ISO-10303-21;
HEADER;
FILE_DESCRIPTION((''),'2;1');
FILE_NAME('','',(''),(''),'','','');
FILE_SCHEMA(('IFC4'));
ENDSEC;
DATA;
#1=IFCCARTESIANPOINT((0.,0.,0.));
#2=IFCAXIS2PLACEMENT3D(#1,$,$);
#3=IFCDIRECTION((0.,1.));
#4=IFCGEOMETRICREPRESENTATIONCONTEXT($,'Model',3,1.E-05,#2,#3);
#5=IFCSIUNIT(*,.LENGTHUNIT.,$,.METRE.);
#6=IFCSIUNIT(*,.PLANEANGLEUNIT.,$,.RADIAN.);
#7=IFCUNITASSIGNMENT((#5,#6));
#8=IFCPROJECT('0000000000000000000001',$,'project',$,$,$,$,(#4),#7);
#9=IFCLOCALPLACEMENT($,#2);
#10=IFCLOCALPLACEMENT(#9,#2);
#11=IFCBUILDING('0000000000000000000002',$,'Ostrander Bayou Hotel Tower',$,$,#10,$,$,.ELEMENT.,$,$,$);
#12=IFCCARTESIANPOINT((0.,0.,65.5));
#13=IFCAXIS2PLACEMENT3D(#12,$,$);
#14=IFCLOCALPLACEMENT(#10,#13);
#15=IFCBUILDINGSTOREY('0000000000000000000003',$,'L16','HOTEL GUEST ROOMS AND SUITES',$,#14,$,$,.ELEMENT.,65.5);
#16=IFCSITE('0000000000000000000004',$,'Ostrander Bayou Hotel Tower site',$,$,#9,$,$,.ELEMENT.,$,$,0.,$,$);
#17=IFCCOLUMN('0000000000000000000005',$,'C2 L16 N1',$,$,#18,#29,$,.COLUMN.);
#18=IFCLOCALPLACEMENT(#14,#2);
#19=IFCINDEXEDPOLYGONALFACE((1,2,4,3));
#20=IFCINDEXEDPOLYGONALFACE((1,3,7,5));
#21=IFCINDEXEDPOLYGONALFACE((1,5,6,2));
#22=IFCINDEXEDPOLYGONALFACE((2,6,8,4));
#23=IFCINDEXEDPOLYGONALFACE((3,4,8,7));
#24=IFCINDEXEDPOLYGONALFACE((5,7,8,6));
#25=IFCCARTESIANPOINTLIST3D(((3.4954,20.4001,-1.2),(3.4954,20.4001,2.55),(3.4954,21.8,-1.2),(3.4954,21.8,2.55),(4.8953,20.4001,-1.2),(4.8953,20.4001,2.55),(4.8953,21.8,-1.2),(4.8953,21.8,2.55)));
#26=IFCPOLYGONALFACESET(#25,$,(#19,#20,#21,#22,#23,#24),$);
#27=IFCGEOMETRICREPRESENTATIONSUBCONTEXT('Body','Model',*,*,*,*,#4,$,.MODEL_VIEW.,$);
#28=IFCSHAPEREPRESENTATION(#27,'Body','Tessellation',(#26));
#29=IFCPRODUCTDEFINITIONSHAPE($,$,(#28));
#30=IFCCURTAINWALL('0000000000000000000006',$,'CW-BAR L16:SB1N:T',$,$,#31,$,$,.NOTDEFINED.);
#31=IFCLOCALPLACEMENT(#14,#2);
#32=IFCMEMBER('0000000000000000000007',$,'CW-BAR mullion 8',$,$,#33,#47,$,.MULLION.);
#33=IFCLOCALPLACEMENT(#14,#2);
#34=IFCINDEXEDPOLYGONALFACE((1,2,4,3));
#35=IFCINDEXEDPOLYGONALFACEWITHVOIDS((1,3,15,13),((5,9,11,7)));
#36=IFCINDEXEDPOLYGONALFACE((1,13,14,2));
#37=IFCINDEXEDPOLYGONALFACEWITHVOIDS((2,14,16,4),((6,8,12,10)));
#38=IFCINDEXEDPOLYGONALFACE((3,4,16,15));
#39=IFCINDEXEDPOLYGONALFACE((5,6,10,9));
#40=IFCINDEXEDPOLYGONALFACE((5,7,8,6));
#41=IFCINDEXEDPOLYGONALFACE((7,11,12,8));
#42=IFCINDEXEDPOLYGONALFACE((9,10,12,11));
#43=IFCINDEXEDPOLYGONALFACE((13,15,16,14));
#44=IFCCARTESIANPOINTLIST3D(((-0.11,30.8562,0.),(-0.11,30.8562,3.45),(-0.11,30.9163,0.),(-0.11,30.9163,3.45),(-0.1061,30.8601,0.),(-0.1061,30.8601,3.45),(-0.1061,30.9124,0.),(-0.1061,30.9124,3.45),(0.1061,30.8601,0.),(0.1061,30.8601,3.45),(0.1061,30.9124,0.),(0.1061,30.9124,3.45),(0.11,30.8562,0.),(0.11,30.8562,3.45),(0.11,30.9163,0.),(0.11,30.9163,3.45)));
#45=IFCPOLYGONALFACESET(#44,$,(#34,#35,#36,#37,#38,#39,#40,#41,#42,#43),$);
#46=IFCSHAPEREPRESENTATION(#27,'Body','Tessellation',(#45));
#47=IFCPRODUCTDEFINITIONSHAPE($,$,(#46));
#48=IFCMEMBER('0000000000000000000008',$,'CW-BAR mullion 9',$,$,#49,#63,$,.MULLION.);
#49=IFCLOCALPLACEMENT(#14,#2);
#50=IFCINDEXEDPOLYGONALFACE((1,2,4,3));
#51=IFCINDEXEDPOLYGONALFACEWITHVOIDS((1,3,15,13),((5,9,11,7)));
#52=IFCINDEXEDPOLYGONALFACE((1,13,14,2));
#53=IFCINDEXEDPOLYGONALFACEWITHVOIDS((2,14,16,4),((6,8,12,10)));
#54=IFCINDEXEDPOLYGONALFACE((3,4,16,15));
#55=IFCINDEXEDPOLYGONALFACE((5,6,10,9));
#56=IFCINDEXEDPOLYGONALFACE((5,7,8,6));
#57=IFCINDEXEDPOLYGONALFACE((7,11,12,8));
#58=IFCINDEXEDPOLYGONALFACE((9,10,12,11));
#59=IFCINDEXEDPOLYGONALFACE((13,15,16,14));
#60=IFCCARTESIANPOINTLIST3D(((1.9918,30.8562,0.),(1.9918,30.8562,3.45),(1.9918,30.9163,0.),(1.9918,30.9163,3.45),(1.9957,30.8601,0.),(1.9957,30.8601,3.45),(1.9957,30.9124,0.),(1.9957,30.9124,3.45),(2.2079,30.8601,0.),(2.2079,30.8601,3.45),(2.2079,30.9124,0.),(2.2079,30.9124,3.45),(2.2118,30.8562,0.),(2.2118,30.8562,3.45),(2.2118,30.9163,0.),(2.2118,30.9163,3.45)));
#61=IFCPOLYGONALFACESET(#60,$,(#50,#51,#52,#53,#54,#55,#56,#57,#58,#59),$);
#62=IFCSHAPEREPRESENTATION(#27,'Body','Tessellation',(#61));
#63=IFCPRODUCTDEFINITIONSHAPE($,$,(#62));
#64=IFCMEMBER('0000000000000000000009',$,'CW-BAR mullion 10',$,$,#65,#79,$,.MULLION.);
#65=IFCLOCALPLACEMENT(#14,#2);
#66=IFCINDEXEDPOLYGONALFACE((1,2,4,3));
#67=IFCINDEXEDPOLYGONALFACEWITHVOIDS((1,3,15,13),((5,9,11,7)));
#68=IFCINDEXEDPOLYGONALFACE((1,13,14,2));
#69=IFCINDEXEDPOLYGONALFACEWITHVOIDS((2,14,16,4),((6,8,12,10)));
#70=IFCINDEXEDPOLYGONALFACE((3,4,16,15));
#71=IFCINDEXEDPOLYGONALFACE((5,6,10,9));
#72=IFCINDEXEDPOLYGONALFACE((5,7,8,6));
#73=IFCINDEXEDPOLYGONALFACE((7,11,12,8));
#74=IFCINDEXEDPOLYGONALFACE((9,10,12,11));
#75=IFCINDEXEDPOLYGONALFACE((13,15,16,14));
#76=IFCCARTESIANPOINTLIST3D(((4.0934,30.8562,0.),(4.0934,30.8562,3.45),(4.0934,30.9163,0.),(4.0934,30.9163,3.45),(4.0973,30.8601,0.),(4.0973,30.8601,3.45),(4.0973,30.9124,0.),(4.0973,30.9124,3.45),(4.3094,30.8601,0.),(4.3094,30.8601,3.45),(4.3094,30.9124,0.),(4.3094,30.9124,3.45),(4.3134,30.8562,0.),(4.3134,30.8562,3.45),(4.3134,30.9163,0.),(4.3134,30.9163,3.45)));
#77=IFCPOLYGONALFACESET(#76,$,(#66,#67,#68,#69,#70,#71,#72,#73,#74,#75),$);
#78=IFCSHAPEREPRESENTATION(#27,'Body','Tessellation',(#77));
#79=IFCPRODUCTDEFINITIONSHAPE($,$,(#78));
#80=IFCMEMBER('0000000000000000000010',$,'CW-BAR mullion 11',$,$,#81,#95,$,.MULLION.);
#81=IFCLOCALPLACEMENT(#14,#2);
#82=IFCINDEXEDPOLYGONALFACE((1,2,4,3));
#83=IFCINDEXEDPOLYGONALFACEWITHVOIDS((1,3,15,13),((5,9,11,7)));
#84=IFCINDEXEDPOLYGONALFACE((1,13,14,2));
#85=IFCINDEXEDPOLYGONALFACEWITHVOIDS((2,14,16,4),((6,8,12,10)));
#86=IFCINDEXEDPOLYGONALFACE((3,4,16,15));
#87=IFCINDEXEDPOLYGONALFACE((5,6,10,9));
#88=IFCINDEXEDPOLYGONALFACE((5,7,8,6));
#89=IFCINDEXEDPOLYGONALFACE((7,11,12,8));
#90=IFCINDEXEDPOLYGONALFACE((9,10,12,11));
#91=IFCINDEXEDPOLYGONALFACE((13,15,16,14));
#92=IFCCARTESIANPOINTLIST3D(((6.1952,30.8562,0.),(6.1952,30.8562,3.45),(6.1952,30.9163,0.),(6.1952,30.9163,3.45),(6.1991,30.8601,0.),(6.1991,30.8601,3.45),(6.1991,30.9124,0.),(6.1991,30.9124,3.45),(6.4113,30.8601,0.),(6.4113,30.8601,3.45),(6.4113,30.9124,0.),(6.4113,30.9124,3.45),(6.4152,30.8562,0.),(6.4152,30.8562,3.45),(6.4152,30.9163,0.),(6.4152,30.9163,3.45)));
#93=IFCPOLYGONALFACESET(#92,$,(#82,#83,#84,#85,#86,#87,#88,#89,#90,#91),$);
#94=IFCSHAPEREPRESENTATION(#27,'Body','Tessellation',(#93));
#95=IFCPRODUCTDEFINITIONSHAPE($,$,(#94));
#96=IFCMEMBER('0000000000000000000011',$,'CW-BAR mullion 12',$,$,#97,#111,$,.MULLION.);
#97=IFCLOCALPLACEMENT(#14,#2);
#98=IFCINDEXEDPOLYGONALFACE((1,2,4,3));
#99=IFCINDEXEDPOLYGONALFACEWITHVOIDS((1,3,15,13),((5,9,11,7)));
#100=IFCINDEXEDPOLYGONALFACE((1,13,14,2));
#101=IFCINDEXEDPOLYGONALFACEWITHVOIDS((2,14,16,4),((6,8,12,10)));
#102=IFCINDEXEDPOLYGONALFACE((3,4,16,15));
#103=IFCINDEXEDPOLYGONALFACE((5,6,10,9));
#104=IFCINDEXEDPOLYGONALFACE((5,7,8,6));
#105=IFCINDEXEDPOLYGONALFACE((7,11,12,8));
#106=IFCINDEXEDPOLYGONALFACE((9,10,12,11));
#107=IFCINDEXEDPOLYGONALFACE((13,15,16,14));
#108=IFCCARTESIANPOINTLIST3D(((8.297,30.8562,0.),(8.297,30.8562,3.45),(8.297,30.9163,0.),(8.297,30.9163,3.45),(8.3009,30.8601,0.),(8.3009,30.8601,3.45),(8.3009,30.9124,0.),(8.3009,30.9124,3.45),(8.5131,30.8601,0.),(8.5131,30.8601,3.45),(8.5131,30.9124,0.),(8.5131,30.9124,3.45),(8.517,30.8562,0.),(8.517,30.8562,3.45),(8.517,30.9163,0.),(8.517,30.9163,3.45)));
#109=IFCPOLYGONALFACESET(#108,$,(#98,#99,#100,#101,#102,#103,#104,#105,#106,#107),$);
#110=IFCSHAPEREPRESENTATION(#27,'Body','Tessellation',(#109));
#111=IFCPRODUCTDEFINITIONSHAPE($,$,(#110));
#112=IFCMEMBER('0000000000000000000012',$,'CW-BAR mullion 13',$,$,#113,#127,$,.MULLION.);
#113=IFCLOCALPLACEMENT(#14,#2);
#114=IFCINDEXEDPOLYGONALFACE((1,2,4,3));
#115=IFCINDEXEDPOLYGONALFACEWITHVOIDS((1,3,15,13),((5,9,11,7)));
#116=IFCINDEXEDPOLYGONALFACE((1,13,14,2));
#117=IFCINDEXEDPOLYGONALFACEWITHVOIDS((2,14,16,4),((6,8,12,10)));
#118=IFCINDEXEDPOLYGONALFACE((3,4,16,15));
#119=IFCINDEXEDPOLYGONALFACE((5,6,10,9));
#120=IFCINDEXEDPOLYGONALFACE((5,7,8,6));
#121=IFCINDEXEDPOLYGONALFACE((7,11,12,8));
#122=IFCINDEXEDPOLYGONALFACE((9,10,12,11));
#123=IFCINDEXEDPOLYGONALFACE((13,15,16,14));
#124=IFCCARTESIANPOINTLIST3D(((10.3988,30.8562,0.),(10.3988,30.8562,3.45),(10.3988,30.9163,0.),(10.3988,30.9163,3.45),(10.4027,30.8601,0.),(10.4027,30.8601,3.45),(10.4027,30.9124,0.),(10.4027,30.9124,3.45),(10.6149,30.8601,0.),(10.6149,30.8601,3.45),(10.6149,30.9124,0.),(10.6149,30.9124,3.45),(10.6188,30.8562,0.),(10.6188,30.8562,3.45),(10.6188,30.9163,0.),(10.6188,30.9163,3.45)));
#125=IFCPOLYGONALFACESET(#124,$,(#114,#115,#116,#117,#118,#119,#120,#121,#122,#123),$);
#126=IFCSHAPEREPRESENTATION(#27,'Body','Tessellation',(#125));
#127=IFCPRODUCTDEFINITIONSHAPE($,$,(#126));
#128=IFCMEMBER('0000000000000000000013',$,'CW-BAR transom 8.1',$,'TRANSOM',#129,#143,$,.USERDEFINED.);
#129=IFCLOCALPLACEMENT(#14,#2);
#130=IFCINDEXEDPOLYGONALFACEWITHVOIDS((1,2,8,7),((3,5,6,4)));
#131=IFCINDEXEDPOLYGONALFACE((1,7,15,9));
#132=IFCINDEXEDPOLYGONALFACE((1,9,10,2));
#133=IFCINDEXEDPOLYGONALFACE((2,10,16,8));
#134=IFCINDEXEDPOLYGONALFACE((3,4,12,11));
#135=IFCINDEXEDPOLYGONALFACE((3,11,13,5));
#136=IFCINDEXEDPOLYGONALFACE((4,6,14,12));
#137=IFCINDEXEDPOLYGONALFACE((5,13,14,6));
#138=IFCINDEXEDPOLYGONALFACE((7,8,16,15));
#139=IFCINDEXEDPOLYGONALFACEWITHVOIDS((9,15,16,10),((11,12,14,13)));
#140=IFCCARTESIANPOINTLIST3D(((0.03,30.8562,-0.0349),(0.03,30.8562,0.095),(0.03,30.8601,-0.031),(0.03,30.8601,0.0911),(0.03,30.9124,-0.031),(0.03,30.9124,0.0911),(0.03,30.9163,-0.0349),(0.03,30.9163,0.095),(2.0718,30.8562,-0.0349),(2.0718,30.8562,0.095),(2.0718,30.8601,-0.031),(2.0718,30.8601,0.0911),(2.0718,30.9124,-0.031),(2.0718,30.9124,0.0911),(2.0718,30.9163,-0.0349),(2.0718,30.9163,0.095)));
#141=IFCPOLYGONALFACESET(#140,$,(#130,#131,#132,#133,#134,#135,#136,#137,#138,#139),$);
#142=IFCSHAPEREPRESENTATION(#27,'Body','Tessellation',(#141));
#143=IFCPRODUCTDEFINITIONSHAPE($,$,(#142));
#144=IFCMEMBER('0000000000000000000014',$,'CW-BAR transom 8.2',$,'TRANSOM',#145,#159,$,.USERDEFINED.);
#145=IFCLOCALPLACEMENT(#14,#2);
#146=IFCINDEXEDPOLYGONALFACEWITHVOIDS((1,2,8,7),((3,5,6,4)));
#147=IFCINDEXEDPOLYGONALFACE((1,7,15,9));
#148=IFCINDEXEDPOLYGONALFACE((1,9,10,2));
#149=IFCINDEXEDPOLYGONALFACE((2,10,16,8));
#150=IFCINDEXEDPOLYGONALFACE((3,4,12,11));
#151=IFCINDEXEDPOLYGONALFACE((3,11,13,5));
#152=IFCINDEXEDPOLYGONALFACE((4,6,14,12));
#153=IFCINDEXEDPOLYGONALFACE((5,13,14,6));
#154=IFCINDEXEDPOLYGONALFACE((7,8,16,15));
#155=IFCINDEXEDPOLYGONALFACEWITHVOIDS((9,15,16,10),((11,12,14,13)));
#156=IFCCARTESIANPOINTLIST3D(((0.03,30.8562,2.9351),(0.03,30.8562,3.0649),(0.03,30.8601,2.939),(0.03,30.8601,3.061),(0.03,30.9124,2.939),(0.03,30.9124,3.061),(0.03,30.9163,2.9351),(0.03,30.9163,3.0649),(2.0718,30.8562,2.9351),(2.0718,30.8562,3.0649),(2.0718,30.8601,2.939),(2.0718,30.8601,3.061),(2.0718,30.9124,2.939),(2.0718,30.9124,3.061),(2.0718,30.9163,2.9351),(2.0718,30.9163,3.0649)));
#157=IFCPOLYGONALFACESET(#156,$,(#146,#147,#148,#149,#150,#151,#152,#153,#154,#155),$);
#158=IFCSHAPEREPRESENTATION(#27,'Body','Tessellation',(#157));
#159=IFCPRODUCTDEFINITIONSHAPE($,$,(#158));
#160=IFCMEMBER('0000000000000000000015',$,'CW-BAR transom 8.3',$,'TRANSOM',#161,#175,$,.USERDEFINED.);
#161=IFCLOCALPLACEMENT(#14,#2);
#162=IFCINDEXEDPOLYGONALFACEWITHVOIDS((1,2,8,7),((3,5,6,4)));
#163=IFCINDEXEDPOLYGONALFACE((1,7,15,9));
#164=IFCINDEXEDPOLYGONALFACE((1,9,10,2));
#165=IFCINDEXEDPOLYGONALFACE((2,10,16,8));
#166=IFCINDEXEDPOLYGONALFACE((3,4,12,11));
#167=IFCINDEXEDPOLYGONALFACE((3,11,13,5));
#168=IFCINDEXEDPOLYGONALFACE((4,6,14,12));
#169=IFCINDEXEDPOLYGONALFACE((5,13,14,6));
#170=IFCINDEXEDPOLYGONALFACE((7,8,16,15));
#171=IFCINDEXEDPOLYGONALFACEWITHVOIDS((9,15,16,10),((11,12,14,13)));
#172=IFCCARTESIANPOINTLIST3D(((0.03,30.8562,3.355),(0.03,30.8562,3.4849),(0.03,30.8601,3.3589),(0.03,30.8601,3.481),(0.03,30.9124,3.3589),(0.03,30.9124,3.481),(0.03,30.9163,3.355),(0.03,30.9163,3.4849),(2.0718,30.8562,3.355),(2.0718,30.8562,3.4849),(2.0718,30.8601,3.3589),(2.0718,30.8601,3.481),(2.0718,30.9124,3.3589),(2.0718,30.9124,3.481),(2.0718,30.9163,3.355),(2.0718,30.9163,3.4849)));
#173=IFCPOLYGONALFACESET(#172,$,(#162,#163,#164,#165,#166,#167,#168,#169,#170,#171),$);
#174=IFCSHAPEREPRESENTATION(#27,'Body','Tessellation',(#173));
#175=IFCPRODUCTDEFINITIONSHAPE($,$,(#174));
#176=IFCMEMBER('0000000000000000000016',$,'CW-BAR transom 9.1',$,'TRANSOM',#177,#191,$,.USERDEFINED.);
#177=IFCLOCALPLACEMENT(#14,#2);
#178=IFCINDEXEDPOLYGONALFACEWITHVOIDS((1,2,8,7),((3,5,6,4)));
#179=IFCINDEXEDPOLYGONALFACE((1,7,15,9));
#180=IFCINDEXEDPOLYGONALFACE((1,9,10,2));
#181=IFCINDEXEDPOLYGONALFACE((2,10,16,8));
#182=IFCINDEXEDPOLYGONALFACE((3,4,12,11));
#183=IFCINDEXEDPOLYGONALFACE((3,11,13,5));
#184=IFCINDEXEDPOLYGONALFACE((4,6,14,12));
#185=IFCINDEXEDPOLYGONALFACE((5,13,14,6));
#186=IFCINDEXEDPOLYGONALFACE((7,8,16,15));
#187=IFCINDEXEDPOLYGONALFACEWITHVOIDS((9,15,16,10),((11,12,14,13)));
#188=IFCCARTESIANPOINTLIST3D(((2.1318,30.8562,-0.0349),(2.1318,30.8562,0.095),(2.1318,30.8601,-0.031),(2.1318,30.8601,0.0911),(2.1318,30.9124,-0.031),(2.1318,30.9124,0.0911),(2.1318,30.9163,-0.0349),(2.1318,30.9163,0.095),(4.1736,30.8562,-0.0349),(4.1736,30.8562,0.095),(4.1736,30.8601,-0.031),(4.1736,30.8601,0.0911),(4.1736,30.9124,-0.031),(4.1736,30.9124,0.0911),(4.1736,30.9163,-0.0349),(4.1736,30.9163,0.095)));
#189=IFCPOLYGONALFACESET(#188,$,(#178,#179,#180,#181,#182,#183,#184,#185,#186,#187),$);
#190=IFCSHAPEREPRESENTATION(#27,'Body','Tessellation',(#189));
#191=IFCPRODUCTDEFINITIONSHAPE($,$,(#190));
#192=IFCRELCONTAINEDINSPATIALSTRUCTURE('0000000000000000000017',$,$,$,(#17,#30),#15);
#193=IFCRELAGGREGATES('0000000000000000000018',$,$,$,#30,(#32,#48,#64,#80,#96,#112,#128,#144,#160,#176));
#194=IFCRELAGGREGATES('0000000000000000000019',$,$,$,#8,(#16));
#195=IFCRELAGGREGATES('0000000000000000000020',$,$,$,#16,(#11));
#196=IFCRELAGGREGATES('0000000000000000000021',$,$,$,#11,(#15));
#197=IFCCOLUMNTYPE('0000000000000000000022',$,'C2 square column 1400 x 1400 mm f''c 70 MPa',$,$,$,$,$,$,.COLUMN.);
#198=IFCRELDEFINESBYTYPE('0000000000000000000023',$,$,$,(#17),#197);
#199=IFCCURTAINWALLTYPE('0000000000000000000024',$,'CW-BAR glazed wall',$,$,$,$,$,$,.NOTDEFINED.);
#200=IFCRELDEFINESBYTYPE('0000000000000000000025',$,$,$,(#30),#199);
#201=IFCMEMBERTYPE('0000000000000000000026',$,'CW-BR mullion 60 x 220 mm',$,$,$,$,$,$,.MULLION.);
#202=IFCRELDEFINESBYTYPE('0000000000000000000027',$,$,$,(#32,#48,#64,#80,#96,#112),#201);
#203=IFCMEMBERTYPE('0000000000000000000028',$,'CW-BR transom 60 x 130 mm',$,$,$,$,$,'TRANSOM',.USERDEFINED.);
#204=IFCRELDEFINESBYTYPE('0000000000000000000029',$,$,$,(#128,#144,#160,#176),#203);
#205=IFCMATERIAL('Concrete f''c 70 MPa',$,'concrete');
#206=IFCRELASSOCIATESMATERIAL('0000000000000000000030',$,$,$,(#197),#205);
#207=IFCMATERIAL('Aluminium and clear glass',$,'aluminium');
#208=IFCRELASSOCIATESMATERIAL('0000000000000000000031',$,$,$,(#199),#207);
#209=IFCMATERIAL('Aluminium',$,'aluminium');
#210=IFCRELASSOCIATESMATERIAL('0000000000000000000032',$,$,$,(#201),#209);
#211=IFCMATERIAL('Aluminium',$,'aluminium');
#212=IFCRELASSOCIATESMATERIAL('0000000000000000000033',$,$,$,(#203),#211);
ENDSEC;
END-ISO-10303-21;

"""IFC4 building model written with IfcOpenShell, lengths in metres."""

from ifc_helpers import new_model, si_unit, direction, frame, origin, origin_2d, place, context, subcontext, project, spatial, rectangle, hollow_rectangle, extrude, material, material_profile, profile_set, type_object, element, aggregate, save


model = new_model("IFC4")

# Units and contexts
model_context = context("Model", 3, precision=1e-05, world=origin(), true_north=direction((0.0, 1.0)))
body_context = subcontext(model_context, "Body", "Model", "MODEL_VIEW")
ifc_project = project(units=[si_unit("LENGTHUNIT", "METRE"), si_unit("PLANEANGLEUNIT", "RADIAN")], contexts=[model_context])

# Site, building, storey
site_placement = place(None, origin())
site = spatial("IfcSite", under=ifc_project, at=site_placement, Name="Ostrander Bayou Hotel Tower site", CompositionType="ELEMENT", RefElevation=0.0)
building_placement = place(site_placement, origin())
building = spatial("IfcBuilding", under=site, at=building_placement, Name="Ostrander Bayou Hotel Tower", CompositionType="ELEMENT")
storey_placement = place(building_placement, frame((0.0, 0.0, 65.5)))
storey = spatial("IfcBuildingStorey", under=building, at=storey_placement, Name="L16", Description="HOTEL GUEST ROOMS AND SUITES", CompositionType="ELEMENT", Elevation=65.5)

# Column
ifc_material_1 = material(Name="Concrete f'c 70 MPa", Category="concrete")
ifc_material_profile_1 = material_profile(ifc_material_1, rectangle(XDim=1.3999, YDim=1.3999, at=origin_2d()))
ifc_profile_set_1 = profile_set([ifc_material_profile_1], Name="Concrete f'c 70 MPa")
column_type = type_object("IfcColumnType", Name="C2 square column 1400 x 1400 mm f'c 70 MPa", PredefinedType="COLUMN", material=ifc_profile_set_1)
column_placement = place(storey_placement, frame((4.1953, 21.1001, -1.2), z_axis=(0.0, 0.0, 1.0), x_axis=(1.0, 0.0, 0.0)))
element("IfcColumn", 1, at=column_placement, inside=storey, type_object=column_type, Name="C2 L16 N1", PredefinedType="COLUMN", context=body_context, shape_type="SweptSolid", body=[
    extrude(rectangle(XDim=1.3999, YDim=1.3999, at=origin_2d()), origin(), (0.0, 0.0, 1.0), 3.75),
])

# Curtain wall, members
ifc_material_2 = material(Name="Aluminium and clear glass", Category="aluminium")
curtain_wall_type = type_object("IfcCurtainWallType", Name="CW-BAR glazed wall", PredefinedType="NOTDEFINED", material=ifc_material_2)
curtain_wall_placement = place(storey_placement, origin())
curtain_wall = element("IfcCurtainWall", 2, at=curtain_wall_placement, inside=storey, type_object=curtain_wall_type, Name="CW-BAR L16:SB1N:T", PredefinedType="NOTDEFINED")
ifc_material_3 = material(Name="Aluminium", Category="aluminium")
ifc_material_profile_2 = material_profile(ifc_material_3, hollow_rectangle(XDim=0.0601, YDim=0.22, WallThickness=0.0039, at=origin_2d()))
ifc_profile_set_2 = profile_set([ifc_material_profile_2], Name="Aluminium")
member_type_1 = type_object("IfcMemberType", Name="CW-BR mullion 60 x 220 mm", PredefinedType="MULLION", material=ifc_profile_set_2)
member_1_placement = place(storey_placement, frame((0.0, 30.8862, 0.0), z_axis=(0.0, 0.0, 1.0), x_axis=(0.0, 1.0, 0.0)))
member_1 = element("IfcMember", 3, at=member_1_placement, type_object=member_type_1, Name="CW-BAR mullion 8", PredefinedType="MULLION", context=body_context, shape_type="SweptSolid", body=[
    extrude(hollow_rectangle(XDim=0.0601, YDim=0.22, WallThickness=0.0039, at=origin_2d()), origin(), (0.0, 0.0, 1.0), 3.45),
])
member_2_placement = place(storey_placement, frame((2.1018, 30.8862, 0.0), z_axis=(0.0, 0.0, 1.0), x_axis=(0.0, 1.0, 0.0)))
member_2 = element("IfcMember", 4, at=member_2_placement, type_object=member_type_1, Name="CW-BAR mullion 9", PredefinedType="MULLION", context=body_context, shape_type="SweptSolid", body=[
    extrude(hollow_rectangle(XDim=0.0601, YDim=0.22, WallThickness=0.0039, at=origin_2d()), origin(), (0.0, 0.0, 1.0), 3.45),
])
member_3_placement = place(storey_placement, frame((4.2034, 30.8862, 0.0), z_axis=(0.0, 0.0, 1.0), x_axis=(0.0, 1.0, 0.0)))
member_3 = element("IfcMember", 5, at=member_3_placement, type_object=member_type_1, Name="CW-BAR mullion 10", PredefinedType="MULLION", context=body_context, shape_type="SweptSolid", body=[
    extrude(hollow_rectangle(XDim=0.0601, YDim=0.22, WallThickness=0.0039, at=origin_2d()), origin(), (0.0, 0.0, 1.0), 3.45),
])
member_4_placement = place(storey_placement, frame((6.3052, 30.8862, 0.0), z_axis=(0.0, 0.0, 1.0), x_axis=(0.0, 1.0, 0.0)))
member_4 = element("IfcMember", 6, at=member_4_placement, type_object=member_type_1, Name="CW-BAR mullion 11", PredefinedType="MULLION", context=body_context, shape_type="SweptSolid", body=[
    extrude(hollow_rectangle(XDim=0.0601, YDim=0.22, WallThickness=0.0039, at=origin_2d()), origin(), (0.0, 0.0, 1.0), 3.45),
])
member_5_placement = place(storey_placement, frame((8.407, 30.8862, 0.0), z_axis=(0.0, 0.0, 1.0), x_axis=(0.0, 1.0, 0.0)))
member_5 = element("IfcMember", 7, at=member_5_placement, type_object=member_type_1, Name="CW-BAR mullion 12", PredefinedType="MULLION", context=body_context, shape_type="SweptSolid", body=[
    extrude(hollow_rectangle(XDim=0.0601, YDim=0.22, WallThickness=0.0039, at=origin_2d()), origin(), (0.0, 0.0, 1.0), 3.45),
])
member_6_placement = place(storey_placement, frame((10.5088, 30.8862, 0.0), z_axis=(0.0, 0.0, 1.0), x_axis=(0.0, 1.0, 0.0)))
member_6 = element("IfcMember", 8, at=member_6_placement, type_object=member_type_1, Name="CW-BAR mullion 13", PredefinedType="MULLION", context=body_context, shape_type="SweptSolid", body=[
    extrude(hollow_rectangle(XDim=0.0601, YDim=0.22, WallThickness=0.0039, at=origin_2d()), origin(), (0.0, 0.0, 1.0), 3.45),
])
ifc_material_4 = material(Name="Aluminium", Category="aluminium")
ifc_material_profile_3 = material_profile(ifc_material_4, hollow_rectangle(XDim=0.0601, YDim=0.1299, WallThickness=0.0039, at=origin_2d()))
ifc_profile_set_3 = profile_set([ifc_material_profile_3], Name="Aluminium")
member_type_2 = type_object("IfcMemberType", Name="CW-BR transom 60 x 130 mm", ElementType="TRANSOM", PredefinedType="USERDEFINED", material=ifc_profile_set_3)
member_7_placement = place(storey_placement, frame((0.03, 30.8862, 0.03), z_axis=(1.0, 0.0, 0.0), x_axis=(0.0, 1.0, 0.0)))
member_7 = element("IfcMember", 9, at=member_7_placement, type_object=member_type_2, Name="CW-BAR transom 8.1", ObjectType="TRANSOM", PredefinedType="USERDEFINED", context=body_context, shape_type="SweptSolid", body=[
    extrude(hollow_rectangle(XDim=0.0601, YDim=0.1299, WallThickness=0.0039, at=origin_2d()), origin(), (0.0, 0.0, 1.0), 2.0417),
])
member_8_placement = place(storey_placement, frame((0.03, 30.8862, 3.0), z_axis=(1.0, 0.0, 0.0), x_axis=(0.0, 1.0, 0.0)))
member_8 = element("IfcMember", 10, at=member_8_placement, type_object=member_type_2, Name="CW-BAR transom 8.2", ObjectType="TRANSOM", PredefinedType="USERDEFINED", context=body_context, shape_type="SweptSolid", body=[
    extrude(hollow_rectangle(XDim=0.0601, YDim=0.1299, WallThickness=0.0039, at=origin_2d()), origin(), (0.0, 0.0, 1.0), 2.0417),
])
member_9_placement = place(storey_placement, frame((0.03, 30.8862, 3.4199), z_axis=(1.0, 0.0, 0.0), x_axis=(0.0, 1.0, 0.0)))
member_9 = element("IfcMember", 11, at=member_9_placement, type_object=member_type_2, Name="CW-BAR transom 8.3", ObjectType="TRANSOM", PredefinedType="USERDEFINED", context=body_context, shape_type="SweptSolid", body=[
    extrude(hollow_rectangle(XDim=0.0601, YDim=0.1299, WallThickness=0.0039, at=origin_2d()), origin(), (0.0, 0.0, 1.0), 2.0417),
])
member_10_placement = place(storey_placement, frame((2.1318, 30.8862, 0.03), z_axis=(1.0, 0.0, 0.0), x_axis=(0.0, 1.0, 0.0)))
member_10 = element("IfcMember", 12, at=member_10_placement, type_object=member_type_2, Name="CW-BAR transom 9.1", ObjectType="TRANSOM", PredefinedType="USERDEFINED", context=body_context, shape_type="SweptSolid", body=[
    extrude(hollow_rectangle(XDim=0.0601, YDim=0.1299, WallThickness=0.0039, at=origin_2d()), origin(), (0.0, 0.0, 1.0), 2.0417),
])
aggregate(curtain_wall, [member_1, member_2, member_3, member_4, member_5, member_6, member_7, member_8, member_9, member_10])

save(model, "model.ifc")
